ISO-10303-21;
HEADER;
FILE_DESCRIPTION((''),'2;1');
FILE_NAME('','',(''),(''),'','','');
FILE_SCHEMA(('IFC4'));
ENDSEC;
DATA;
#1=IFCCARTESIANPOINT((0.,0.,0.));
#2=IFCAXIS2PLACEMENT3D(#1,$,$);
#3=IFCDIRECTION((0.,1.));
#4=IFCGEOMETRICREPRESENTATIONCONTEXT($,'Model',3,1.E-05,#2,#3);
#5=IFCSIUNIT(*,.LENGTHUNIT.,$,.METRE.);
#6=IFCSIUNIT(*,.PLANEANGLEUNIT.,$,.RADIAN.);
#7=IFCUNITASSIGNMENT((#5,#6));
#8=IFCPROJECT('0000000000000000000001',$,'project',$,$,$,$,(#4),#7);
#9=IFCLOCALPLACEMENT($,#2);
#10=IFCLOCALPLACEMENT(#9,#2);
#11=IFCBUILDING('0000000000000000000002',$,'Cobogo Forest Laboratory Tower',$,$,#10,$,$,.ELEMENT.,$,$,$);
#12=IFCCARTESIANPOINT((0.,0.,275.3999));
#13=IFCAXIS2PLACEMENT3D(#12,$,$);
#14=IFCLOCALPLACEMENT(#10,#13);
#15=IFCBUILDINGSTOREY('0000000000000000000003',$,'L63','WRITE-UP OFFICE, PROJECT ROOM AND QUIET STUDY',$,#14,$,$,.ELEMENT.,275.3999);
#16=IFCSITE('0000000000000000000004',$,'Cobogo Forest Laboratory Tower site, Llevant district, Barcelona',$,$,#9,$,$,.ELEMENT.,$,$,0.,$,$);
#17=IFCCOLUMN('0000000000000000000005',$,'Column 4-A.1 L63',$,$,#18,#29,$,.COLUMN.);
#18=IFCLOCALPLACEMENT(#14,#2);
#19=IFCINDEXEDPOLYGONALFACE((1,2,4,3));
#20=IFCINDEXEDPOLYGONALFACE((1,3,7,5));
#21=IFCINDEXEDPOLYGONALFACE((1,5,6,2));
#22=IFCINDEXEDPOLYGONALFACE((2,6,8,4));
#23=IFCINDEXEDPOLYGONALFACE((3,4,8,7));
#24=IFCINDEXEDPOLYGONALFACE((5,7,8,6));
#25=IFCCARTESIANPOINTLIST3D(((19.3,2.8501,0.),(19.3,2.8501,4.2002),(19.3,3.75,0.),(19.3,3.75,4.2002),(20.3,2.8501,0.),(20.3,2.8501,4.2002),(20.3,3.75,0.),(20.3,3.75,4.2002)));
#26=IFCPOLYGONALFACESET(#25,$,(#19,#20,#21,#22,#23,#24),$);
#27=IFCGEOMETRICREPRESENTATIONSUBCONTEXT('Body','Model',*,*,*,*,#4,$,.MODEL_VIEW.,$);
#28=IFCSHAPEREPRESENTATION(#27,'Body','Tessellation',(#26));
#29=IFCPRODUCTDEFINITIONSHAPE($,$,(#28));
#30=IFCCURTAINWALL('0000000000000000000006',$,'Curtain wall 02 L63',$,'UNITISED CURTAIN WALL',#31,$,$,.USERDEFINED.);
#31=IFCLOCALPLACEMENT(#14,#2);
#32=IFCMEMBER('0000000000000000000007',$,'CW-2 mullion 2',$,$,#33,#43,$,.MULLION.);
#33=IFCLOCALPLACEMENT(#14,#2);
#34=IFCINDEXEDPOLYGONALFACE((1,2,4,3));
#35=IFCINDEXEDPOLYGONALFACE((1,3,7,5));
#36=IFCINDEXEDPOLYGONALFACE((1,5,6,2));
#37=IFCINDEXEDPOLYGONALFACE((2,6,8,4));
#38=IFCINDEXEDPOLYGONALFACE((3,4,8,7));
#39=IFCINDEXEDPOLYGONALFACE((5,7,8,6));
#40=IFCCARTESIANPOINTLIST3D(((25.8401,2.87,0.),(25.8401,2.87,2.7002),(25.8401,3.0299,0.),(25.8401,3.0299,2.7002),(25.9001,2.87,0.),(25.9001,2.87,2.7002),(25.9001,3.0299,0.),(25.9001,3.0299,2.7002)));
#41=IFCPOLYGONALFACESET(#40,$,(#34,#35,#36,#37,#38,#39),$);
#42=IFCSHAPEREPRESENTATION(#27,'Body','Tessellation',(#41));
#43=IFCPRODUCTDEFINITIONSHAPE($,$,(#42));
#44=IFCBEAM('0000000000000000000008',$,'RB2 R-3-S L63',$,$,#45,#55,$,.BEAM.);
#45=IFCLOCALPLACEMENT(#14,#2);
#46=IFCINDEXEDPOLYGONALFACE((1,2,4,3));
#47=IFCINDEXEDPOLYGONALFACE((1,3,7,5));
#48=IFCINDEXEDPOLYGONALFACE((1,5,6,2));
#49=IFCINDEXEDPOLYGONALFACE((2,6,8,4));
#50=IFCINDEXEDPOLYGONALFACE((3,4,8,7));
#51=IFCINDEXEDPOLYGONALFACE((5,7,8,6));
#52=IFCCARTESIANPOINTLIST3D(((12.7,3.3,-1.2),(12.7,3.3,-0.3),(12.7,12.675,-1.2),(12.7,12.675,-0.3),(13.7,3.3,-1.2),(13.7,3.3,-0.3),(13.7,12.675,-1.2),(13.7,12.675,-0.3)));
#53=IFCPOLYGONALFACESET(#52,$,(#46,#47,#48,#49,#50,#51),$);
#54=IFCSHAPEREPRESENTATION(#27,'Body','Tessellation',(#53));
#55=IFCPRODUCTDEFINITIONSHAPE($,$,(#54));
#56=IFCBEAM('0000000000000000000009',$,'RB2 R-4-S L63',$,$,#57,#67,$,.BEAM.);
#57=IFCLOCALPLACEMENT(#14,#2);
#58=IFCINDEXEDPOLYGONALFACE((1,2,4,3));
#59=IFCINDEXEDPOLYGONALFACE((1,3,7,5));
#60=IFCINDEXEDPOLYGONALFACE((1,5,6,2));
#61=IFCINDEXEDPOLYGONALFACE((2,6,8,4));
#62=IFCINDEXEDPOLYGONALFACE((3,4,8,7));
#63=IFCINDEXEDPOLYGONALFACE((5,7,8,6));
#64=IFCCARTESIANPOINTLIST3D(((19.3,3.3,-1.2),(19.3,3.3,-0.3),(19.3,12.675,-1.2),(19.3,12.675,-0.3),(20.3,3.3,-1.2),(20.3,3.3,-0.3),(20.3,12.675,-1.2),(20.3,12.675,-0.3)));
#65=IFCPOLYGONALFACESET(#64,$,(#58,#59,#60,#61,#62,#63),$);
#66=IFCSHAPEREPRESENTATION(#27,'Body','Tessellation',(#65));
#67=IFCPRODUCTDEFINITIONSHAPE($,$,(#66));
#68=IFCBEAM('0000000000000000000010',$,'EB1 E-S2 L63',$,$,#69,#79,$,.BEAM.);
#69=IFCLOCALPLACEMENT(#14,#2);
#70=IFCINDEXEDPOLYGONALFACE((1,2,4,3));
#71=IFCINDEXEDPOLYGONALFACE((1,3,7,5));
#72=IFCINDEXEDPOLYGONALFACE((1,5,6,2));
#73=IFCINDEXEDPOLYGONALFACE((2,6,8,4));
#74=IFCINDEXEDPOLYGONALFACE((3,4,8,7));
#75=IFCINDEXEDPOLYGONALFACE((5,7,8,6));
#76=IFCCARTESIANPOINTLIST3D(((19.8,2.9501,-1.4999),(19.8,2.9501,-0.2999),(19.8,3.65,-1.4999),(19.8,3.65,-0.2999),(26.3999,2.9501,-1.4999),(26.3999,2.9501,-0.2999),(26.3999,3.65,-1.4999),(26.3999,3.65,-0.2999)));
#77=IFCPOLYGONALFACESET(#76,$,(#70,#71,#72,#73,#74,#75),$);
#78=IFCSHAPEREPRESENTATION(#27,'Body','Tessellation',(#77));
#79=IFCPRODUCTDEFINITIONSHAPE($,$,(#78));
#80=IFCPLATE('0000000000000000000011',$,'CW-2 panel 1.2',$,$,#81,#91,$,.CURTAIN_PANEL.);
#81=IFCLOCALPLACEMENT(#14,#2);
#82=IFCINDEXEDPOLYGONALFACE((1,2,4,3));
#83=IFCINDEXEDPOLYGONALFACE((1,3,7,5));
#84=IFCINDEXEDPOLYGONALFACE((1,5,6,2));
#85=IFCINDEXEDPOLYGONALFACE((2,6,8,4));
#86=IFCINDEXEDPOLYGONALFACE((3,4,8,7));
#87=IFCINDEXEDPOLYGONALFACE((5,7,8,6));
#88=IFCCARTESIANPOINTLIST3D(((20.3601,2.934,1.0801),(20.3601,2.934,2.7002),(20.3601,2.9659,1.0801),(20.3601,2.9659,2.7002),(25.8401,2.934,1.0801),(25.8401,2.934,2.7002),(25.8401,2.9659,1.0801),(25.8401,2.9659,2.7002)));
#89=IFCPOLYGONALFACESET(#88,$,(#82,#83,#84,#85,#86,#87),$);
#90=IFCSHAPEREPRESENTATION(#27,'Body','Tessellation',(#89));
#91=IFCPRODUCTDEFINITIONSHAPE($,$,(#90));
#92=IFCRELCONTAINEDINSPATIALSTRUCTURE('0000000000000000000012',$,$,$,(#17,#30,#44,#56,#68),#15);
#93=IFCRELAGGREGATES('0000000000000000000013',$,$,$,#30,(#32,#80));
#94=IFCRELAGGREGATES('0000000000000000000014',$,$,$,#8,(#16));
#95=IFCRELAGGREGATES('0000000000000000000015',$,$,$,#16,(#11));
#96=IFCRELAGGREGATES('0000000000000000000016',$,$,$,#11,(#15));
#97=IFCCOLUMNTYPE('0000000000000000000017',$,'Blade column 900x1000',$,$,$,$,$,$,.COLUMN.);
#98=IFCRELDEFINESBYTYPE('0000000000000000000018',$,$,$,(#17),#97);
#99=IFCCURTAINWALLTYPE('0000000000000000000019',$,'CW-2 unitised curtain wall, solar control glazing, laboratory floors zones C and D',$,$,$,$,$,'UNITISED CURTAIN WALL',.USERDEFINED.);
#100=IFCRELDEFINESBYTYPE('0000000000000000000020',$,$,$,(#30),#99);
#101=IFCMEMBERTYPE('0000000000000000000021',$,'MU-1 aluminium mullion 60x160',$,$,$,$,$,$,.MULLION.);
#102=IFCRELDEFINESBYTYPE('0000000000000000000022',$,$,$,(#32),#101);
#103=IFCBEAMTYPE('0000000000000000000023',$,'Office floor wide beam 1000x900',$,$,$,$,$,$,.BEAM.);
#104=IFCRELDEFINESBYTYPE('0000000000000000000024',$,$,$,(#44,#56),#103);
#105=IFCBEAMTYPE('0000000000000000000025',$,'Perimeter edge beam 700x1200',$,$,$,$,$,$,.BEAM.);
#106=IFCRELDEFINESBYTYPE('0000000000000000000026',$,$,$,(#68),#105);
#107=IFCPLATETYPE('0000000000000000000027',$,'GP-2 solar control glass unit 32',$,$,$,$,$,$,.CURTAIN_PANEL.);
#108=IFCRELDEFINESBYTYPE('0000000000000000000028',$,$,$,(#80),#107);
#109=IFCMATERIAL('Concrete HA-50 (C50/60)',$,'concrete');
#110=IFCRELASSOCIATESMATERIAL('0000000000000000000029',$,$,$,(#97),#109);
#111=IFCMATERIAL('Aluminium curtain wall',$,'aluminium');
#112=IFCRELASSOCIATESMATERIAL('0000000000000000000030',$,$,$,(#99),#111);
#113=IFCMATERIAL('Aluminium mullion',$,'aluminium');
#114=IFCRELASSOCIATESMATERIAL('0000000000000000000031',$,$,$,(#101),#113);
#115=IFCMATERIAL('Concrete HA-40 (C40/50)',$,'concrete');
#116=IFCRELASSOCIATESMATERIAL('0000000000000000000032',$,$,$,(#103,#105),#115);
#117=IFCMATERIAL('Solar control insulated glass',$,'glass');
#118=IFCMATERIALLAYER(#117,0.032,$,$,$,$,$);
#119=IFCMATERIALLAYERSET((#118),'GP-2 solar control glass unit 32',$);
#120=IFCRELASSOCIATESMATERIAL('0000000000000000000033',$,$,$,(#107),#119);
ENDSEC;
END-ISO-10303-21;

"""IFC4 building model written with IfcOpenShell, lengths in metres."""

from ifc_helpers import new_model, si_unit, direction, frame, origin, origin_2d, place, context, subcontext, project, spatial, rectangle, extrude, material, layer, layer_set, material_profile, profile_set, type_object, element, aggregate, save


model = new_model("IFC4")

# Units and contexts
model_context = context("Model", 3, precision=1e-05, world=origin(), true_north=direction((0.0, 1.0)))
body_context = subcontext(model_context, "Body", "Model", "MODEL_VIEW")
ifc_project = project(units=[si_unit("LENGTHUNIT", "METRE"), si_unit("PLANEANGLEUNIT", "RADIAN")], contexts=[model_context])

# Site, building, storey
site_placement = place(None, origin())
site = spatial("IfcSite", under=ifc_project, at=site_placement, Name="Cobogo Forest Laboratory Tower site, Llevant district, Barcelona", CompositionType="ELEMENT", RefElevation=0.0)
building_placement = place(site_placement, origin())
building = spatial("IfcBuilding", under=site, at=building_placement, Name="Cobogo Forest Laboratory Tower", CompositionType="ELEMENT")
storey_placement = place(building_placement, frame((0.0, 0.0, 275.3999)))
storey = spatial("IfcBuildingStorey", under=building, at=storey_placement, Name="L63", Description="WRITE-UP OFFICE, PROJECT ROOM AND QUIET STUDY", CompositionType="ELEMENT", Elevation=275.3999)

# Column
ifc_material_1 = material(Name="Concrete HA-50 (C50/60)", Category="concrete")
ifc_material_profile_1 = material_profile(ifc_material_1, rectangle(XDim=1.0, YDim=0.8999, at=origin_2d()), Name="RC 900x1000")
ifc_profile_set_1 = profile_set([ifc_material_profile_1], Name="Concrete HA-50 (C50/60)")
column_type = type_object("IfcColumnType", Name="Blade column 900x1000", PredefinedType="COLUMN", material=ifc_profile_set_1)
column_placement = place(storey_placement, frame((19.8, 3.3, 0.0), z_axis=(0.0, 0.0, 1.0), x_axis=(1.0, 0.0, 0.0)))
element("IfcColumn", 1, at=column_placement, inside=storey, type_object=column_type, Name="Column 4-A.1 L63", PredefinedType="COLUMN", context=body_context, shape_type="SweptSolid", body=[
    extrude(rectangle(XDim=1.0, YDim=0.8999, at=origin_2d()), origin(), (0.0, 0.0, 1.0), 4.2002),
])

# Curtain wall, member
ifc_material_2 = material(Name="Aluminium curtain wall", Category="aluminium")
curtain_wall_type = type_object("IfcCurtainWallType", Name="CW-2 unitised curtain wall, solar control glazing, laboratory floors zones C and D", ElementType="UNITISED CURTAIN WALL", PredefinedType="USERDEFINED", material=ifc_material_2)
curtain_wall_placement = place(storey_placement, origin())
curtain_wall = element("IfcCurtainWall", 2, at=curtain_wall_placement, inside=storey, type_object=curtain_wall_type, Name="Curtain wall 02 L63", ObjectType="UNITISED CURTAIN WALL", PredefinedType="USERDEFINED")
ifc_material_3 = material(Name="Aluminium mullion", Category="aluminium")
ifc_material_profile_2 = material_profile(ifc_material_3, rectangle(XDim=0.0601, YDim=0.1599, at=origin_2d()), Name="AL 60x160")
ifc_profile_set_2 = profile_set([ifc_material_profile_2], Name="Aluminium mullion")
member_type = type_object("IfcMemberType", Name="MU-1 aluminium mullion 60x160", PredefinedType="MULLION", material=ifc_profile_set_2)
member_placement = place(storey_placement, frame((25.8701, 2.95, 0.0), z_axis=(0.0, 0.0, 1.0), x_axis=(1.0, 0.0, 0.0)))
member = element("IfcMember", 3, at=member_placement, type_object=member_type, Name="CW-2 mullion 2", PredefinedType="MULLION", context=body_context, shape_type="SweptSolid", body=[
    extrude(rectangle(XDim=0.0601, YDim=0.1599, at=origin_2d()), origin(), (0.0, 0.0, 1.0), 2.7002),
])

# Beams
ifc_material_4 = material(Name="Concrete HA-40 (C40/50)", Category="concrete")
ifc_material_profile_3 = material_profile(ifc_material_4, rectangle(XDim=1.0, YDim=0.8999, at=origin_2d()), Name="RC 1000x900")
ifc_profile_set_3 = profile_set([ifc_material_profile_3], Name="Concrete HA-40 (C40/50)")
beam_type_1 = type_object("IfcBeamType", Name="Office floor wide beam 1000x900", PredefinedType="BEAM", material=ifc_profile_set_3)
for number, where, z_axis, x_axis, name in (
    (4, (13.2, 12.675, -0.75), (0.0, -1.0, 0.0), (1.0, 0.0, 0.0), "RB2 R-3-S L63"),
    (5, (19.8, 12.675, -0.75), (0.0, -1.0, 0.0), (1.0, 0.0, 0.0), "RB2 R-4-S L63"),
):
    element("IfcBeam", number, at=place(storey_placement, frame(where, z_axis=z_axis, x_axis=x_axis)), inside=storey, type_object=beam_type_1, Name=name, PredefinedType="BEAM", context=body_context, shape_type="SweptSolid", body=[
        extrude(rectangle(XDim=1.0, YDim=0.8999, at=origin_2d()), origin(), (0.0, 0.0, 1.0), 9.375),
    ])
ifc_material_profile_4 = material_profile(ifc_material_4, rectangle(XDim=0.7, YDim=1.2, at=origin_2d()), Name="RC 700x1200")
ifc_profile_set_4 = profile_set([ifc_material_profile_4], Name="Concrete HA-40 (C40/50)")
beam_type_2 = type_object("IfcBeamType", Name="Perimeter edge beam 700x1200", PredefinedType="BEAM", material=ifc_profile_set_4)
beam_placement = place(storey_placement, frame((19.8, 3.3, -0.8999), z_axis=(1.0, 0.0, 0.0), x_axis=(0.0, 1.0, 0.0)))
element("IfcBeam", 6, at=beam_placement, inside=storey, type_object=beam_type_2, Name="EB1 E-S2 L63", PredefinedType="BEAM", context=body_context, shape_type="SweptSolid", body=[
    extrude(rectangle(XDim=0.7, YDim=1.2, at=origin_2d()), origin(), (0.0, 0.0, 1.0), 6.5999),
])

# Plate
ifc_material_5 = material(Name="Solar control insulated glass", Category="glass")
ifc_layer_1 = layer(ifc_material_5, 0.032)
ifc_layer_set_1 = layer_set([ifc_layer_1], Name="GP-2 solar control glass unit 32")
plate_type = type_object("IfcPlateType", Name="GP-2 solar control glass unit 32", PredefinedType="CURTAIN_PANEL", material=ifc_layer_set_1)
plate_placement = place(storey_placement, frame((23.1001, 2.95, 1.0801), z_axis=(0.0, 0.0, 1.0), x_axis=(1.0, 0.0, 0.0)))
plate = element("IfcPlate", 7, at=plate_placement, type_object=plate_type, Name="CW-2 panel 1.2", PredefinedType="CURTAIN_PANEL", context=body_context, shape_type="SweptSolid", body=[
    extrude(rectangle(XDim=5.48, YDim=0.032, at=origin_2d()), origin(), (0.0, 0.0, 1.0), 1.6201),
])
aggregate(curtain_wall, [member, plate])

save(model, "model.ifc")
